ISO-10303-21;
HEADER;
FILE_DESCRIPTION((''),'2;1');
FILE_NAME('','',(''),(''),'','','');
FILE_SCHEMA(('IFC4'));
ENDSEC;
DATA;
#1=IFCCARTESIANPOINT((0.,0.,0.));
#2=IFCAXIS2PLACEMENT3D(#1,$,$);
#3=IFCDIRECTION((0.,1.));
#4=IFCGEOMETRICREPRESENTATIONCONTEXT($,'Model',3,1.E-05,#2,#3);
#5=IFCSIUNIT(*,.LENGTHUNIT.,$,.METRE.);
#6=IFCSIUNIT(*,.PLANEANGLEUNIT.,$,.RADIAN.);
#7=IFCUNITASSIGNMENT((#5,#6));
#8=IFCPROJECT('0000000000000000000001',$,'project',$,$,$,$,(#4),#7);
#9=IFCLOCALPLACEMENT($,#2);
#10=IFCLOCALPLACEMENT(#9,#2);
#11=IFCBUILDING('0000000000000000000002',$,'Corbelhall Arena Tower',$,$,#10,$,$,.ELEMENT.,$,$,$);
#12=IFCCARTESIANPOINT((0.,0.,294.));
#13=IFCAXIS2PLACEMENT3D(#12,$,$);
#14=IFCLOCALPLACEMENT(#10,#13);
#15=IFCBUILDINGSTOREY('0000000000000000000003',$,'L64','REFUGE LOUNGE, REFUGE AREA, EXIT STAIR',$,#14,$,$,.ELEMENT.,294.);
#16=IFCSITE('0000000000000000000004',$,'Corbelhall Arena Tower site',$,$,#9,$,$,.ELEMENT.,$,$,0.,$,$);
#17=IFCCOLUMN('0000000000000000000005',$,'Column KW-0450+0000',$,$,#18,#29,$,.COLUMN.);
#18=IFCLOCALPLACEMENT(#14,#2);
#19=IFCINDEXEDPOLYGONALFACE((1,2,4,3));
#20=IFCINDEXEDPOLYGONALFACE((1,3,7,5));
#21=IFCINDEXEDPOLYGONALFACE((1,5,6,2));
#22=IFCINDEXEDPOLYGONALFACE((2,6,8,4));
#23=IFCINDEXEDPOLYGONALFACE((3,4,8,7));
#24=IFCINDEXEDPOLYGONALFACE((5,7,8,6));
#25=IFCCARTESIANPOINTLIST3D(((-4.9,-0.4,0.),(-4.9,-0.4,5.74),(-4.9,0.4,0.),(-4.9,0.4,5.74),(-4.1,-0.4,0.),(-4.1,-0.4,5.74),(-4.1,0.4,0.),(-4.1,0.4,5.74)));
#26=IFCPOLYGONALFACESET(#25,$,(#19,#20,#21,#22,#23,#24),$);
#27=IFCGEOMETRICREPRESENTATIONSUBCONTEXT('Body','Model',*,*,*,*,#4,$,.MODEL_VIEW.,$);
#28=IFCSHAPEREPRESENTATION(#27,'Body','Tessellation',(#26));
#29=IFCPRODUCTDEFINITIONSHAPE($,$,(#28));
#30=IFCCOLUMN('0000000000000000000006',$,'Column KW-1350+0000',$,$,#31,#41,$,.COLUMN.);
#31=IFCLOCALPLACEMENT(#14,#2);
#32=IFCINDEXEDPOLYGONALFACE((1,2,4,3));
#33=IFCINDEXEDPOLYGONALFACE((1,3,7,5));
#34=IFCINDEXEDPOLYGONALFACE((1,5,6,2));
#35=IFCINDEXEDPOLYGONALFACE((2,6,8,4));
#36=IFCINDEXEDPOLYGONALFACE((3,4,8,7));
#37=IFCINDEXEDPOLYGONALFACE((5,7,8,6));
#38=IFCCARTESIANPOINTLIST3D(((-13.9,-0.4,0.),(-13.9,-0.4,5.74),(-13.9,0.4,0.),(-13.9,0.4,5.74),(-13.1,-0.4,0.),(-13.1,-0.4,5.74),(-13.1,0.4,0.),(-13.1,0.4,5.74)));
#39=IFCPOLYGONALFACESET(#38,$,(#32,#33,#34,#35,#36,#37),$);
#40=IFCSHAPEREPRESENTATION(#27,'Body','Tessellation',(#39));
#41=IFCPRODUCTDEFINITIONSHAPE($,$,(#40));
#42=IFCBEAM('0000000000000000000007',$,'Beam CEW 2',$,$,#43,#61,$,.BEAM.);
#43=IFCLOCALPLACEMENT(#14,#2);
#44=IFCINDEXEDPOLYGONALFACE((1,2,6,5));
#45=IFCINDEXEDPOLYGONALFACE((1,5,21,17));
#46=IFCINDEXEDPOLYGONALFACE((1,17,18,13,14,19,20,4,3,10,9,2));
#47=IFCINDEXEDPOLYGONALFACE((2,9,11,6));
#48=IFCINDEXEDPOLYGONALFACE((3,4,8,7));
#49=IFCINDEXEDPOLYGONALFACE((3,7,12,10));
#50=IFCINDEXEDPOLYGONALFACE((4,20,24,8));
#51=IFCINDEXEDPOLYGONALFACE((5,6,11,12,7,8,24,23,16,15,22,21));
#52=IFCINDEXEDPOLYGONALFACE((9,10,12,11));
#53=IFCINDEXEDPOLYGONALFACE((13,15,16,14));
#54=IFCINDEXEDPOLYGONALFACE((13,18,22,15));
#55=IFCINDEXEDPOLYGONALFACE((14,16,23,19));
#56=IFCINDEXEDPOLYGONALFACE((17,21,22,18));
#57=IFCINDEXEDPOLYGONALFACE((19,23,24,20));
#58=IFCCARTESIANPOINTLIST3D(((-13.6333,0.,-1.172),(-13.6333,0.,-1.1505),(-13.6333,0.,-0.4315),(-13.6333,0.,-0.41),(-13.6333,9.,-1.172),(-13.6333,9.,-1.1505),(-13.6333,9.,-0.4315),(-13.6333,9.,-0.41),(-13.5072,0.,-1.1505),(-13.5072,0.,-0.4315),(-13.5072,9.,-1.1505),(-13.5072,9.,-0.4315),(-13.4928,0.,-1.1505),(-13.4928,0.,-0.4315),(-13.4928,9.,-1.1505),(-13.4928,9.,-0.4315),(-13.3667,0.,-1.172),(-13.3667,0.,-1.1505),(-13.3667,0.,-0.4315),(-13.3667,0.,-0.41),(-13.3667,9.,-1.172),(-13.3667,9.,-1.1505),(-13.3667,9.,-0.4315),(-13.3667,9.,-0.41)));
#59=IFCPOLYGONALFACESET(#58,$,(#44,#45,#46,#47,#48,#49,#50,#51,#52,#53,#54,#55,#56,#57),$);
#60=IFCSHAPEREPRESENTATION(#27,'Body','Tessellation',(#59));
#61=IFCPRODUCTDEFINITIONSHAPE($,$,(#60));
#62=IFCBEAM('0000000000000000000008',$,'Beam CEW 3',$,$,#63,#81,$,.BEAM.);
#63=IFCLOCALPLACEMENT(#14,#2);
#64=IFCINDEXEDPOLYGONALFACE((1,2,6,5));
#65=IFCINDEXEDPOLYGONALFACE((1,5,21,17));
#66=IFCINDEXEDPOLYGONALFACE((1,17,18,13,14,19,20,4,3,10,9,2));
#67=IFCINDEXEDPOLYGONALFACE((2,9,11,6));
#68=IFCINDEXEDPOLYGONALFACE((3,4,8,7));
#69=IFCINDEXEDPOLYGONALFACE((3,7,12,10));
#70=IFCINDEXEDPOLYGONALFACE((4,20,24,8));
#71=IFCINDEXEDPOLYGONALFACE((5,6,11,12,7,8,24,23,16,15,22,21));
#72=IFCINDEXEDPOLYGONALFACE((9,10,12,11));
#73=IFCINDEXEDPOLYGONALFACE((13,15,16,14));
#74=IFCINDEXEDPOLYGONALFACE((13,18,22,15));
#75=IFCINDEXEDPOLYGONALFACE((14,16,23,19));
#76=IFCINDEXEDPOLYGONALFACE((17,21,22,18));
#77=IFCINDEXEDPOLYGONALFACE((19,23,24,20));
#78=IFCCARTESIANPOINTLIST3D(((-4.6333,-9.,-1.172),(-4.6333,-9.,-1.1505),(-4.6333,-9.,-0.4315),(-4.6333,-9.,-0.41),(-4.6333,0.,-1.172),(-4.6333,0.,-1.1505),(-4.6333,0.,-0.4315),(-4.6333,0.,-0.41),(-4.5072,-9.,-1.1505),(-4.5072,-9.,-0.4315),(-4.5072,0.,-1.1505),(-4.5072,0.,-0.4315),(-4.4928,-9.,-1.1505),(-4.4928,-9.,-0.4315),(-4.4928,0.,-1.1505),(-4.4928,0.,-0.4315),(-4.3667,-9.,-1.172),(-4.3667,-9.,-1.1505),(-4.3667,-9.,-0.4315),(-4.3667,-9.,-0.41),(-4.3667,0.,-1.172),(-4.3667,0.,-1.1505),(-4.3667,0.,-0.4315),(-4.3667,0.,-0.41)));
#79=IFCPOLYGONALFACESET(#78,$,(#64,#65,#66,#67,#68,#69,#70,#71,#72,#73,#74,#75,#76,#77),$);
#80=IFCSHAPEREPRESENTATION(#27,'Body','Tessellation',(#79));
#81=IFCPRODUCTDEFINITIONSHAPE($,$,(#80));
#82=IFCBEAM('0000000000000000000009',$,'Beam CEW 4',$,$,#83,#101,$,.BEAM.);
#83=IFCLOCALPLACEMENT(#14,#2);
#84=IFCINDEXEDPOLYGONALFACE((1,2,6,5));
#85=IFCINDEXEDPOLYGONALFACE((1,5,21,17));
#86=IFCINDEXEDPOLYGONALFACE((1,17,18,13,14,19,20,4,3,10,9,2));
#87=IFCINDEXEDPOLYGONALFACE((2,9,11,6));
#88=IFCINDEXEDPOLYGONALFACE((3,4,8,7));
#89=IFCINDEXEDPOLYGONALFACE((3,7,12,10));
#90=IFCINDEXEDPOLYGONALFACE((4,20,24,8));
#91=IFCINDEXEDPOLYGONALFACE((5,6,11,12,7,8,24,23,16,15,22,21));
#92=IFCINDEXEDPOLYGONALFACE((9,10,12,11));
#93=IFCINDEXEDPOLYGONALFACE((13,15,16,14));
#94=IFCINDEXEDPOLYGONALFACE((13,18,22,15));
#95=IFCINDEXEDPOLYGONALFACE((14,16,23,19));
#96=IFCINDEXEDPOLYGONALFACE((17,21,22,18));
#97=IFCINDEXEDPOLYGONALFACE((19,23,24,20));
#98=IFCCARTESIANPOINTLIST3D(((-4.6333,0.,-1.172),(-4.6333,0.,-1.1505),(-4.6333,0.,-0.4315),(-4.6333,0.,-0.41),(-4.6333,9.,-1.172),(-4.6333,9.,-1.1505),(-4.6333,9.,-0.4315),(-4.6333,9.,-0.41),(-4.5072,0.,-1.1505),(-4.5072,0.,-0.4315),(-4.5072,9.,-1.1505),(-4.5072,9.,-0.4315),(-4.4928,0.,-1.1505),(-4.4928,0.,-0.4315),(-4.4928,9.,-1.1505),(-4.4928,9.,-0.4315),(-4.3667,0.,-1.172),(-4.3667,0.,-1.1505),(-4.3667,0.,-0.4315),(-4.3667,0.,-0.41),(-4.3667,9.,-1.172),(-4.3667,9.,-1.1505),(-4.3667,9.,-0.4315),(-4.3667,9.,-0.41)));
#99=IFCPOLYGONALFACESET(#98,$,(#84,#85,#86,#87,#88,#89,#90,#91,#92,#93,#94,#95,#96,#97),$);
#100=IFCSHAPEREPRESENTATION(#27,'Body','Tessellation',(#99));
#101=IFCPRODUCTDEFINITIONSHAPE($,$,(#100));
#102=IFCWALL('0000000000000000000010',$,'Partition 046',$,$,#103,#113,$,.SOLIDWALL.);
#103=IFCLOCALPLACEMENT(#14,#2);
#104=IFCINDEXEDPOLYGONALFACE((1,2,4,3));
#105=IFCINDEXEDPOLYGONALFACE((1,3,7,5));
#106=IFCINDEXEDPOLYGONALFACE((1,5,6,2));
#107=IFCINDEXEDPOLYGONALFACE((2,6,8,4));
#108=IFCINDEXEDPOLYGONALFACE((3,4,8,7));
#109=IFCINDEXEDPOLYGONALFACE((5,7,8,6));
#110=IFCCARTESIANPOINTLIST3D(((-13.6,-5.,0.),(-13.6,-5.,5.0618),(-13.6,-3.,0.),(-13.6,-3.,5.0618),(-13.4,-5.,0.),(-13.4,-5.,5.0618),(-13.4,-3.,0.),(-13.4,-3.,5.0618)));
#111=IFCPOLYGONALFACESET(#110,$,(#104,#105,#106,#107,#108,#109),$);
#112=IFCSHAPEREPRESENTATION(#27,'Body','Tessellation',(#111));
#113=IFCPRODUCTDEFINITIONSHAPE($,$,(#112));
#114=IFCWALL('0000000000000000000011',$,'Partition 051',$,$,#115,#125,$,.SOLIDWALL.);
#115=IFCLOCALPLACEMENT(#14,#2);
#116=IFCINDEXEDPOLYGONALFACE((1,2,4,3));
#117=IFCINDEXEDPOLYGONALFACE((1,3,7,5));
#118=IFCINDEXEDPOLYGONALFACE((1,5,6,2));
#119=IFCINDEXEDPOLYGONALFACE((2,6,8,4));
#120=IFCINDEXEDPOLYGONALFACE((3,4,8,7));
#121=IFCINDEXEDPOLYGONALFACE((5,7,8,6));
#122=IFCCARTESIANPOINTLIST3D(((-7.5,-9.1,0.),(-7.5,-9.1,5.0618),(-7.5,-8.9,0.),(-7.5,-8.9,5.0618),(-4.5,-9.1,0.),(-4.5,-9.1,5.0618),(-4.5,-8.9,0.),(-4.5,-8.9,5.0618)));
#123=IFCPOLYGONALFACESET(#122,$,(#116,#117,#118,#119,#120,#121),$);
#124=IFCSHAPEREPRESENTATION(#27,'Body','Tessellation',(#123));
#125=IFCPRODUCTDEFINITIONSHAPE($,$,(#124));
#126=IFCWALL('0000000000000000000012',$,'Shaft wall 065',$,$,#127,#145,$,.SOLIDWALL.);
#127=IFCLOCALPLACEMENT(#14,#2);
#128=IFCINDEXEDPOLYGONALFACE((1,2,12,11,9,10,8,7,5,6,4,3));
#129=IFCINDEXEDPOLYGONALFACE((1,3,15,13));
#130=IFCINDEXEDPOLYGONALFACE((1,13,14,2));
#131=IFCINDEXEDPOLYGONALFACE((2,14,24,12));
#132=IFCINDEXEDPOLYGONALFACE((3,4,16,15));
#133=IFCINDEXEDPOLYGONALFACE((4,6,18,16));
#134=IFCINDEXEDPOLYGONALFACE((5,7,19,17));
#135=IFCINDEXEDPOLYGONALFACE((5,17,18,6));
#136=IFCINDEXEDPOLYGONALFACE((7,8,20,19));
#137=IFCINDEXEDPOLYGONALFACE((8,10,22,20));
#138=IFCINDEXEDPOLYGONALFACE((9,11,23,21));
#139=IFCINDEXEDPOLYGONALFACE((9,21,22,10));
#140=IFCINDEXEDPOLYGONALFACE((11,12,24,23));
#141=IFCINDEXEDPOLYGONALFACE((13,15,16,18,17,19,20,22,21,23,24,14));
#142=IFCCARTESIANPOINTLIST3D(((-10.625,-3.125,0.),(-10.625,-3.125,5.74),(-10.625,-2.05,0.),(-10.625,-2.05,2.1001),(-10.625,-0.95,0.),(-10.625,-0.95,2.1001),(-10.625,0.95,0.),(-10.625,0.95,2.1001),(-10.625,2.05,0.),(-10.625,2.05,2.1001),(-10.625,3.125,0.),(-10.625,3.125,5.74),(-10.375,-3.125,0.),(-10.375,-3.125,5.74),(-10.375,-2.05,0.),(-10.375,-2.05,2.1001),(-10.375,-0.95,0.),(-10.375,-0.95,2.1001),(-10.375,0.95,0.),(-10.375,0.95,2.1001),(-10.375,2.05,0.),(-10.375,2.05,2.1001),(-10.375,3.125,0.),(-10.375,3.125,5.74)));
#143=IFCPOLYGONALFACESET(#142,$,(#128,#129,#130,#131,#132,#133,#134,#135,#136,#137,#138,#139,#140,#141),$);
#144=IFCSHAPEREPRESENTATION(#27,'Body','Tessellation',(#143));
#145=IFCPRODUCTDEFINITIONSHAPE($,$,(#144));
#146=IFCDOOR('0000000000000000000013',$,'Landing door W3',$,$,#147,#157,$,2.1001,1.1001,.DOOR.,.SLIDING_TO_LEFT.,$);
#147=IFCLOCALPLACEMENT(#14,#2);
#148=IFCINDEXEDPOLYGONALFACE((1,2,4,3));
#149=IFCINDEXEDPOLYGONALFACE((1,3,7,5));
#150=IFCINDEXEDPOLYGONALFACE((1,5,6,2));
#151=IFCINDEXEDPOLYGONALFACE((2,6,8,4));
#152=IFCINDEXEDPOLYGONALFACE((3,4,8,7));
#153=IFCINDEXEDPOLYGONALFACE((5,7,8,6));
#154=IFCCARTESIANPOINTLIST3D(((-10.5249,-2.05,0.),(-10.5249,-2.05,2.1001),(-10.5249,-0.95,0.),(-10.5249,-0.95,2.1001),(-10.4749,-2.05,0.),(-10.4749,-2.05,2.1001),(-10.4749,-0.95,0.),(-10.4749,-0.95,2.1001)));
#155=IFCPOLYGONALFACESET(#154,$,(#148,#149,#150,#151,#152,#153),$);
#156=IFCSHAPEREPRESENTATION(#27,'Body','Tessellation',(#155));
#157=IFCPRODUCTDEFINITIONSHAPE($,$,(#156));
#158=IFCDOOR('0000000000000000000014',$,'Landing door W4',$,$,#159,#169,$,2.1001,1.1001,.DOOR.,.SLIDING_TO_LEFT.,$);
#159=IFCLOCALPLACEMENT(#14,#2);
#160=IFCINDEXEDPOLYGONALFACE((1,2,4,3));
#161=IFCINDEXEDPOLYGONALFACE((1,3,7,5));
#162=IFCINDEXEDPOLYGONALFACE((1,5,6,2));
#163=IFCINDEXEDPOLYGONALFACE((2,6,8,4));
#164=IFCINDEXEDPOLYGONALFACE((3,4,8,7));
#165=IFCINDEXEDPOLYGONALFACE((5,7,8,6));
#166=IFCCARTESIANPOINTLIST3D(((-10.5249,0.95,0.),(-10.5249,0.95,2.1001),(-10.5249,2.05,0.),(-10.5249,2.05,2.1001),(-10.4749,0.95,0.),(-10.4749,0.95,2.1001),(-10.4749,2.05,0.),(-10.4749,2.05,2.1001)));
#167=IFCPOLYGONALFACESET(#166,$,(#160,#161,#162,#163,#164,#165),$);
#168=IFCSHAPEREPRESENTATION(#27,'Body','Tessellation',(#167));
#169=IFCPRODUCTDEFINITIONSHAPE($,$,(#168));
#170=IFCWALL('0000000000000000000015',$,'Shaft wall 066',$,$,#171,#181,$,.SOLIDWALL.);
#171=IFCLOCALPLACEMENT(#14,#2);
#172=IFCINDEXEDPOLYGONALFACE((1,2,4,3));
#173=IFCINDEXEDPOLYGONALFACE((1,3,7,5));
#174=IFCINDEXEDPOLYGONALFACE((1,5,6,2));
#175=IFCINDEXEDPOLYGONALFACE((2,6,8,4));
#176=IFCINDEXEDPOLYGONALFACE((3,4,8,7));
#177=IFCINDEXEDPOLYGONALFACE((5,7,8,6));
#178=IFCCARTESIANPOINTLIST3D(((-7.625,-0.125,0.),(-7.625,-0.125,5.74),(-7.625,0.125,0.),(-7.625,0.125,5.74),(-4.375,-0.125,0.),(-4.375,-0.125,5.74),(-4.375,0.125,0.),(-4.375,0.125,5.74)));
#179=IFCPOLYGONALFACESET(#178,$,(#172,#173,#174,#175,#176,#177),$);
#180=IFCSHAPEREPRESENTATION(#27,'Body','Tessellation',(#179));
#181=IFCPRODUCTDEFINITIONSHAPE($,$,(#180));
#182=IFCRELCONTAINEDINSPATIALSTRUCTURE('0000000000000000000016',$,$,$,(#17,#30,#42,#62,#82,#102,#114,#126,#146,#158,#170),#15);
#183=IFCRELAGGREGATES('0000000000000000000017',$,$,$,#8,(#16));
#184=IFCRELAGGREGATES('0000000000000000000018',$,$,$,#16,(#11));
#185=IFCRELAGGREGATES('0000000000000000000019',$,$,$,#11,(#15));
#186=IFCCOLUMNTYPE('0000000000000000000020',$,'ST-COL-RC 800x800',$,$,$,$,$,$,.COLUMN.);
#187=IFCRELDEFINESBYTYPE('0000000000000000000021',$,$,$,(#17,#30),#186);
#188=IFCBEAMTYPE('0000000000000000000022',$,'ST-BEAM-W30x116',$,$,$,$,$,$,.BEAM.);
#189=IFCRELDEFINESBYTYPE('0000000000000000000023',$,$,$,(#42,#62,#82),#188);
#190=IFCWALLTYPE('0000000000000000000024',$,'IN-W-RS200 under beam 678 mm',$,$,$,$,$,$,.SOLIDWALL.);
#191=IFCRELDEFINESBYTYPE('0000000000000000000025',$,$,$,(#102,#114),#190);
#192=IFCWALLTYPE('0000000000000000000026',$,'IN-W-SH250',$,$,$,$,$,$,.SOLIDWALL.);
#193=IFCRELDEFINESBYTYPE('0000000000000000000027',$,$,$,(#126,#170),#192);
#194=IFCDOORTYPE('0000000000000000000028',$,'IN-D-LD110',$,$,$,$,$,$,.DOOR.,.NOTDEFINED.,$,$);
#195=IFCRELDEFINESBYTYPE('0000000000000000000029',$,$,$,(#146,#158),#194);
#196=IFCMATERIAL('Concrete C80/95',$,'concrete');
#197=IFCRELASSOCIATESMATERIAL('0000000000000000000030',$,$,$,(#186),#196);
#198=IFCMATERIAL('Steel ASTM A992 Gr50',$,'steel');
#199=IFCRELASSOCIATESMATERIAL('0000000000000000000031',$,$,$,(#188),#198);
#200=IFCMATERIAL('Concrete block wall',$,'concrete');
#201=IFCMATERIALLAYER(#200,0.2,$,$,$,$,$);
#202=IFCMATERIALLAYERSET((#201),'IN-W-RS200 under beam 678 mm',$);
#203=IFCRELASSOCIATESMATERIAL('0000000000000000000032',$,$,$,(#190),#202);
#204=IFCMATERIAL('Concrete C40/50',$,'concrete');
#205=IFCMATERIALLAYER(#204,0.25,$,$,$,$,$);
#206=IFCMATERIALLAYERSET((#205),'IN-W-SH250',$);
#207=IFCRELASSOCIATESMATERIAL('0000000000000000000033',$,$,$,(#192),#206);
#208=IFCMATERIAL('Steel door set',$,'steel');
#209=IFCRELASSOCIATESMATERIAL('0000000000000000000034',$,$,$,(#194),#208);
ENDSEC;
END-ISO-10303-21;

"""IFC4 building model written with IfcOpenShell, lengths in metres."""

from ifc_helpers import new_model, si_unit, direction, frame, frame_2d, origin, origin_2d, place, context, subcontext, project, spatial, rectangle, i_section, extrude, material, layer, layer_set, material_profile, profile_set, type_object, element, fill, save


model = new_model("IFC4")

# Units and contexts
model_context = context("Model", 3, precision=1e-05, world=origin(), true_north=direction((0.0, 1.0)))
body_context = subcontext(model_context, "Body", "Model", "MODEL_VIEW")
ifc_project = project(units=[si_unit("LENGTHUNIT", "METRE"), si_unit("PLANEANGLEUNIT", "RADIAN")], contexts=[model_context])

# Site, building, storey
site_placement = place(None, origin())
site = spatial("IfcSite", under=ifc_project, at=site_placement, Name="Corbelhall Arena Tower site", CompositionType="ELEMENT", RefElevation=0.0)
building_placement = place(site_placement, origin())
building = spatial("IfcBuilding", under=site, at=building_placement, Name="Corbelhall Arena Tower", CompositionType="ELEMENT")
storey_placement = place(building_placement, frame((0.0, 0.0, 294.0)))
storey = spatial("IfcBuildingStorey", under=building, at=storey_placement, Name="L64", Description="REFUGE LOUNGE, REFUGE AREA, EXIT STAIR", CompositionType="ELEMENT", Elevation=294.0)

# Columns
ifc_material_1 = material(Name="Concrete C80/95", Category="concrete")
ifc_material_profile_1 = material_profile(ifc_material_1, rectangle(XDim=0.8, YDim=0.8, at=origin_2d()))
ifc_profile_set_1 = profile_set([ifc_material_profile_1], Name="Concrete C80/95")
column_type = type_object("IfcColumnType", Name="ST-COL-RC 800x800", PredefinedType="COLUMN", material=ifc_profile_set_1)
for number, where, z_axis, x_axis, name in (
    (1, (-4.5, 0.0, 0.0), (0.0, 0.0, 1.0), (1.0, 0.0, 0.0), "Column KW-0450+0000"),
    (2, (-13.5, 0.0, 0.0), (0.0, 0.0, 1.0), (1.0, 0.0, 0.0), "Column KW-1350+0000"),
):
    element("IfcColumn", number, at=place(storey_placement, frame(where, z_axis=z_axis, x_axis=x_axis)), inside=storey, type_object=column_type, Name=name, PredefinedType="COLUMN", context=body_context, shape_type="SweptSolid", body=[
        extrude(rectangle(XDim=0.8, YDim=0.8, at=origin_2d()), origin(), (0.0, 0.0, 1.0), 5.74),
    ])

# Beams
ifc_material_2 = material(Name="Steel ASTM A992 Gr50", Category="steel")
ifc_material_profile_2 = material_profile(ifc_material_2, i_section(OverallWidth=0.2666, OverallDepth=0.762, WebThickness=0.0144, FlangeThickness=0.0215, at=origin_2d()))
ifc_profile_set_2 = profile_set([ifc_material_profile_2], Name="Steel ASTM A992 Gr50")
beam_type = type_object("IfcBeamType", Name="ST-BEAM-W30x116", PredefinedType="BEAM", material=ifc_profile_set_2)
for number, where, z_axis, x_axis, name in (
    (3, (-13.5, 0.0, -0.791), (0.0, 1.0, 0.0), (-1.0, 0.0, 0.0), "Beam CEW 2"),
    (4, (-4.5, -9.0, -0.791), (0.0, 1.0, 0.0), (-1.0, 0.0, 0.0), "Beam CEW 3"),
    (5, (-4.5, 0.0, -0.791), (0.0, 1.0, 0.0), (-1.0, 0.0, 0.0), "Beam CEW 4"),
):
    element("IfcBeam", number, at=place(storey_placement, frame(where, z_axis=z_axis, x_axis=x_axis)), inside=storey, type_object=beam_type, Name=name, PredefinedType="BEAM", context=body_context, shape_type="SweptSolid", body=[
        extrude(i_section(OverallWidth=0.2666, OverallDepth=0.762, WebThickness=0.0144, FlangeThickness=0.0215, at=origin_2d()), origin(), (0.0, 0.0, 1.0), 9.0),
    ])

# Shared definitions
ifc_material_3 = material(Name="Concrete block wall", Category="concrete")

# Walls
ifc_layer_1 = layer(ifc_material_3, 0.2)
ifc_layer_set_1 = layer_set([ifc_layer_1], Name="IN-W-RS200 under beam 678 mm")
wall_type_1 = type_object("IfcWallType", Name="IN-W-RS200 under beam 678 mm", PredefinedType="SOLIDWALL", material=ifc_layer_set_1)
wall_1_placement = place(storey_placement, frame((-13.5, -5.0, 0.0), z_axis=(0.0, 0.0, 1.0), x_axis=(0.0, 1.0, 0.0)))
element("IfcWall", 6, at=wall_1_placement, inside=storey, type_object=wall_type_1, Name="Partition 046", PredefinedType="SOLIDWALL", context=body_context, shape_type="SweptSolid", body=[
    extrude(rectangle(XDim=2.0, YDim=0.2, at=frame_2d((1.0, 0.0))), origin(), (0.0, 0.0, 1.0), 5.0618),
])
wall_2_placement = place(storey_placement, frame((-4.5, -9.0, 0.0), z_axis=(0.0, 0.0, 1.0), x_axis=(-1.0, 0.0, 0.0)))
element("IfcWall", 7, at=wall_2_placement, inside=storey, type_object=wall_type_1, Name="Partition 051", PredefinedType="SOLIDWALL", context=body_context, shape_type="SweptSolid", body=[
    extrude(rectangle(XDim=3.0, YDim=0.2, at=frame_2d((1.5, 0.0))), origin(), (0.0, 0.0, 1.0), 5.0618),
])

# Shared definitions
ifc_material_4 = material(Name="Steel door set", Category="steel")

# Wall, openings, doors
ifc_material_5 = material(Name="Concrete C40/50", Category="concrete")
ifc_layer_2 = layer(ifc_material_5, 0.25)
ifc_layer_set_2 = layer_set([ifc_layer_2], Name="IN-W-SH250")
wall_type_2 = type_object("IfcWallType", Name="IN-W-SH250", PredefinedType="SOLIDWALL", material=ifc_layer_set_2)
wall_3_placement = place(storey_placement, frame((-10.5, -3.125, 0.0), z_axis=(0.0, 0.0, 1.0), x_axis=(0.0, 1.0, 0.0)))
wall_3 = element("IfcWall", 8, at=wall_3_placement, inside=storey, type_object=wall_type_2, Name="Shaft wall 065", PredefinedType="SOLIDWALL", context=body_context, shape_type="SweptSolid", body=[
    extrude(rectangle(XDim=6.25, YDim=0.25, at=frame_2d((3.125, 0.0))), origin(), (0.0, 0.0, 1.0), 5.74),
])
opening_1_placement = place(wall_3_placement, frame((1.075, 0.0, 0.0)))
opening_1 = element("IfcOpeningElement", 9, at=opening_1_placement, cuts=wall_3, PredefinedType="OPENING", context=body_context, shape_type="SweptSolid", body=[
    extrude(rectangle(XDim=1.1001, YDim=2.1001, at=frame_2d((0.55, 1.05))), frame((0.0, 0.125, 0.0), z_axis=(0.0, -1.0, 0.0), x_axis=(1.0, 0.0, 0.0)), (0.0, 0.0, 1.0), 0.25),
])
opening_2_placement = place(wall_3_placement, frame((4.075, 0.0, 0.0)))
opening_2 = element("IfcOpeningElement", 10, at=opening_2_placement, cuts=wall_3, PredefinedType="OPENING", context=body_context, shape_type="SweptSolid", body=[
    extrude(rectangle(XDim=1.1001, YDim=2.1001, at=frame_2d((0.55, 1.05))), frame((0.0, 0.125, 0.0), z_axis=(0.0, -1.0, 0.0), x_axis=(1.0, 0.0, 0.0)), (0.0, 0.0, 1.0), 0.25),
])
door_type_1 = type_object("IfcDoorType", Name="IN-D-LD110", OperationType="NOTDEFINED", PredefinedType="DOOR", material=ifc_material_4)
door_1_placement = place(opening_1_placement, origin())
door_1 = element("IfcDoor", 11, at=door_1_placement, inside=storey, type_object=door_type_1, Name="Landing door W3", OperationType="SLIDING_TO_LEFT", OverallHeight=2.1001, OverallWidth=1.1001, PredefinedType="DOOR", context=body_context, shape_type="SweptSolid", body=[
    extrude(rectangle(XDim=1.1001, YDim=2.1001, at=frame_2d((0.55, 1.05))), frame((0.0, 0.0249, 0.0), z_axis=(0.0, -1.0, 0.0), x_axis=(1.0, 0.0, 0.0)), (0.0, 0.0, 1.0), 0.05),
])
fill(opening_1, door_1)
door_2_placement = place(opening_2_placement, origin())
door_2 = element("IfcDoor", 12, at=door_2_placement, inside=storey, type_object=door_type_1, Name="Landing door W4", OperationType="SLIDING_TO_LEFT", OverallHeight=2.1001, OverallWidth=1.1001, PredefinedType="DOOR", context=body_context, shape_type="SweptSolid", body=[
    extrude(rectangle(XDim=1.1001, YDim=2.1001, at=frame_2d((0.55, 1.05))), frame((0.0, 0.0249, 0.0), z_axis=(0.0, -1.0, 0.0), x_axis=(1.0, 0.0, 0.0)), (0.0, 0.0, 1.0), 0.05),
])
fill(opening_2, door_2)

# Wall
wall_4_placement = place(storey_placement, frame((-7.625, 0.0, 0.0), z_axis=(0.0, 0.0, 1.0), x_axis=(1.0, 0.0, 0.0)))
element("IfcWall", 13, at=wall_4_placement, inside=storey, type_object=wall_type_2, Name="Shaft wall 066", PredefinedType="SOLIDWALL", context=body_context, shape_type="SweptSolid", body=[
    extrude(rectangle(XDim=3.25, YDim=0.25, at=frame_2d((1.625, 0.0))), origin(), (0.0, 0.0, 1.0), 5.74),
])

save(model, "model.ifc")
